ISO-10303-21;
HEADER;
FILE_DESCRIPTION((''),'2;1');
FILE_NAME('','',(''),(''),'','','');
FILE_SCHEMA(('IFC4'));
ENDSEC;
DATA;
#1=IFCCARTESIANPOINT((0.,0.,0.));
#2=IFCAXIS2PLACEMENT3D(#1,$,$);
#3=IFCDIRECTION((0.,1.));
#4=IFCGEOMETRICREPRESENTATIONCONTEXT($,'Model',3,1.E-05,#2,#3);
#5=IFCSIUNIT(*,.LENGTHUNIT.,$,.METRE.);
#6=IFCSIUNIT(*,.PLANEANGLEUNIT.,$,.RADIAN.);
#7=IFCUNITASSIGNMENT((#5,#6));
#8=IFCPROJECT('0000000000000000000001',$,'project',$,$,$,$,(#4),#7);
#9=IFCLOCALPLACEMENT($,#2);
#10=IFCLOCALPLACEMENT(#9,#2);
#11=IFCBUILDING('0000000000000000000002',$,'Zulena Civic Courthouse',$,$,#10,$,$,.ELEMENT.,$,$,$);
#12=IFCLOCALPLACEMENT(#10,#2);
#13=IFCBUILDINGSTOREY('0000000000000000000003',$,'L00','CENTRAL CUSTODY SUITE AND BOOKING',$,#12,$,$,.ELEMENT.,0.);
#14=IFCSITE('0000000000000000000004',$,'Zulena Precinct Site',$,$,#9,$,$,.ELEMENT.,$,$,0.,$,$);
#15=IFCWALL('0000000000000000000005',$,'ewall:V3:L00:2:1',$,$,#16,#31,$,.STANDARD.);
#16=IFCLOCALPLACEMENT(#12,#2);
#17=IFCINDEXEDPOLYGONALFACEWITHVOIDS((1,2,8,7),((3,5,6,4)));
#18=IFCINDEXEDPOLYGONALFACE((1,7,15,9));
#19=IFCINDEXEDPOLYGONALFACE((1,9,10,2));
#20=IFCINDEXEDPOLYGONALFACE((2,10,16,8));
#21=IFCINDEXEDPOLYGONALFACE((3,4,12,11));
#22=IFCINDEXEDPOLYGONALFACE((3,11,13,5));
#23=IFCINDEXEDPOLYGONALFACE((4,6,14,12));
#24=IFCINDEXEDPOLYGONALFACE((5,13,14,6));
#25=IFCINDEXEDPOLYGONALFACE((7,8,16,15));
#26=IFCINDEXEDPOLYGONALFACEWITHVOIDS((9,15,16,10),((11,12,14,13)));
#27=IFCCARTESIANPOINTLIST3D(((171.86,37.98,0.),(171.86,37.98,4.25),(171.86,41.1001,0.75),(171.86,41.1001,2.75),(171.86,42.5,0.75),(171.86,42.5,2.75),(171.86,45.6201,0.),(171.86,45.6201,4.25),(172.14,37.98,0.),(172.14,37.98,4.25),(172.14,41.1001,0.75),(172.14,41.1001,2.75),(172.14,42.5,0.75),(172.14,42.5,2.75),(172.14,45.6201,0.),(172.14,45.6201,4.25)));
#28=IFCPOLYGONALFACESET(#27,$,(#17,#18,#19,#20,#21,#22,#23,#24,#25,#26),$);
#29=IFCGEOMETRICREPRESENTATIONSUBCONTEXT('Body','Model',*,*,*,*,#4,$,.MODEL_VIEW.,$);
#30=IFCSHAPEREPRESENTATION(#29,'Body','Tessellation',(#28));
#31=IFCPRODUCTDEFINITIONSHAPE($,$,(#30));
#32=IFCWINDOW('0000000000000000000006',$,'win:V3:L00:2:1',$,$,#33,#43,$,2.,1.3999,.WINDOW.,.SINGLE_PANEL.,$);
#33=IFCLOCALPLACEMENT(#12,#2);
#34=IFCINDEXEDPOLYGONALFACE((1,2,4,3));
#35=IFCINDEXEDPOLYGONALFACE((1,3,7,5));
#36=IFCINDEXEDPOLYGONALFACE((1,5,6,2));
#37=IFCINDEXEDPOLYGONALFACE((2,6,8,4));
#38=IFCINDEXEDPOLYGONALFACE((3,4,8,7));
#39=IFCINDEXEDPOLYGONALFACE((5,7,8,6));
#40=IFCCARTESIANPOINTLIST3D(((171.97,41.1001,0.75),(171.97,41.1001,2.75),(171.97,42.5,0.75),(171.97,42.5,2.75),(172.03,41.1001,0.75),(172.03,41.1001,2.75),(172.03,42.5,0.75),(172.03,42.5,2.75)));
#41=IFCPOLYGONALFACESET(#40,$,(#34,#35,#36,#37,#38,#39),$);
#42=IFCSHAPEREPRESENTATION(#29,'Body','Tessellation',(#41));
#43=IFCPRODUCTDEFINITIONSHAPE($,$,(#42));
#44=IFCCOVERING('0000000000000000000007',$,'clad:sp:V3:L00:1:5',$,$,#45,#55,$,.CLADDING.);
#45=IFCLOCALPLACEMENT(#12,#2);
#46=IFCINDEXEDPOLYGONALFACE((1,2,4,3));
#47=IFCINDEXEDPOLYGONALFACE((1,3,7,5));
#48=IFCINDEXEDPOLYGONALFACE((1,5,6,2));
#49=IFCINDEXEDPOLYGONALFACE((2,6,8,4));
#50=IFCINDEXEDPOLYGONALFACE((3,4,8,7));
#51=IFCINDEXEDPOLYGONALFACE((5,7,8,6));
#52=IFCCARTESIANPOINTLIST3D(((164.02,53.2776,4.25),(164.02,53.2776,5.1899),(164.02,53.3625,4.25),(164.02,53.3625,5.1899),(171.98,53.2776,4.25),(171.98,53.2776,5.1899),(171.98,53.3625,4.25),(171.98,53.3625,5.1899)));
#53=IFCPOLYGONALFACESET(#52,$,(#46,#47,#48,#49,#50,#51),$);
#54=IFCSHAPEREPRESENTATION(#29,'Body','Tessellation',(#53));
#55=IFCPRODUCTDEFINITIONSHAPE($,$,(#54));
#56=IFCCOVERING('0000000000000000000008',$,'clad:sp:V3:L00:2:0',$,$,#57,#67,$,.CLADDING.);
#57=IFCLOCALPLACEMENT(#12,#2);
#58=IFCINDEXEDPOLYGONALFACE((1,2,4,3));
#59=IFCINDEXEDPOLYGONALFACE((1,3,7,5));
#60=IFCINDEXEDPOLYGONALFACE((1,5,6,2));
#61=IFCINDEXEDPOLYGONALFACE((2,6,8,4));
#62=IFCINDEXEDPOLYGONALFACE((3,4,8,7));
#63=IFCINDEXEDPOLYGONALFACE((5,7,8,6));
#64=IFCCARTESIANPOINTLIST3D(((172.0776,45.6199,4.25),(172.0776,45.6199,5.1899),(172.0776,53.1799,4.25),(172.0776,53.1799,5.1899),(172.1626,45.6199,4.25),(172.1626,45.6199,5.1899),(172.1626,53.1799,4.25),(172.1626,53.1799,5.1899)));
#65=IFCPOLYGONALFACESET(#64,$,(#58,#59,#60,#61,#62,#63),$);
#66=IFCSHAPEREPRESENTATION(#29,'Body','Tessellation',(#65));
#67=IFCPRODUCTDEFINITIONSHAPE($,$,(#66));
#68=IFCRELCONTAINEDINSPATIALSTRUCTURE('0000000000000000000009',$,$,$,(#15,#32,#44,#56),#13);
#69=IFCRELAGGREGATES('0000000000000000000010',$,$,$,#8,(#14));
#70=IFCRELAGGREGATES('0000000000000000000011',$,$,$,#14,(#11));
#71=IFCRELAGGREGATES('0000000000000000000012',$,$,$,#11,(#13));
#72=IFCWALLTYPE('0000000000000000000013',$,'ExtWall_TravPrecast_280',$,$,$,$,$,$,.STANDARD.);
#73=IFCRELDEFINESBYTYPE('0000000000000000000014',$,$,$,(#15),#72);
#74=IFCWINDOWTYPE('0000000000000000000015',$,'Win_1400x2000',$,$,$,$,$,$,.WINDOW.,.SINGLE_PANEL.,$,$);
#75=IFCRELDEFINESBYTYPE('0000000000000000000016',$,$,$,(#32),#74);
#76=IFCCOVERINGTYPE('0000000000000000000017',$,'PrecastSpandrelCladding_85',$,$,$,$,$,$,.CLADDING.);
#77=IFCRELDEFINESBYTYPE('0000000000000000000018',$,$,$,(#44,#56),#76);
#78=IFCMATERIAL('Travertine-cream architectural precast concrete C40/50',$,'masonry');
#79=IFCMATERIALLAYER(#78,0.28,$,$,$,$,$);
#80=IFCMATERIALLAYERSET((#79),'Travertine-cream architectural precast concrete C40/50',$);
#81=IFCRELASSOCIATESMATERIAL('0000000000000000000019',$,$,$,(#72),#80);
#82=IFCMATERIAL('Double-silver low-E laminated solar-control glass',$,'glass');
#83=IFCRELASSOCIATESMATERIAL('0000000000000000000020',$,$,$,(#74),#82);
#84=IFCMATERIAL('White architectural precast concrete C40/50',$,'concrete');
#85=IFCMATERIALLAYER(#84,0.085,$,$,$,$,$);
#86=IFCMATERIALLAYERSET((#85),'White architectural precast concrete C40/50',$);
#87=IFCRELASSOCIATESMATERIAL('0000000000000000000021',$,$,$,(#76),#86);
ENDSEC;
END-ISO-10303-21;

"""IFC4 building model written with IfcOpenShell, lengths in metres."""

from ifc_helpers import new_model, si_unit, direction, frame, frame_2d, origin, origin_2d, place, context, subcontext, project, spatial, rectangle, extrude, material, layer, layer_set, type_object, element, fill, save


model = new_model("IFC4")

# Units and contexts
model_context = context("Model", 3, precision=1e-05, world=origin(), true_north=direction((0.0, 1.0)))
body_context = subcontext(model_context, "Body", "Model", "MODEL_VIEW")
ifc_project = project(units=[si_unit("LENGTHUNIT", "METRE"), si_unit("PLANEANGLEUNIT", "RADIAN")], contexts=[model_context])

# Site, building, storey
site_placement = place(None, origin())
site = spatial("IfcSite", under=ifc_project, at=site_placement, Name="Zulena Precinct Site", CompositionType="ELEMENT", RefElevation=0.0)
building_placement = place(site_placement, origin())
building = spatial("IfcBuilding", under=site, at=building_placement, Name="Zulena Civic Courthouse", CompositionType="ELEMENT")
storey_placement = place(building_placement, origin())
storey = spatial("IfcBuildingStorey", under=building, at=storey_placement, Name="L00", Description="CENTRAL CUSTODY SUITE AND BOOKING", CompositionType="ELEMENT", Elevation=0.0)

# Wall, opening, window
ifc_material_1 = material(Name="Travertine-cream architectural precast concrete C40/50", Category="masonry")
ifc_layer_1 = layer(ifc_material_1, 0.28)
ifc_layer_set_1 = layer_set([ifc_layer_1], Name="Travertine-cream architectural precast concrete C40/50")
wall_type = type_object("IfcWallType", Name="ExtWall_TravPrecast_280", PredefinedType="STANDARD", material=ifc_layer_set_1)
ifc_material_2 = material(Name="Double-silver low-E laminated solar-control glass", Category="glass")
wall_1_placement = place(storey_placement, frame((172.0, 45.6201, 0.0), z_axis=(0.0, 0.0, 1.0), x_axis=(0.0, -1.0, 0.0)))
wall_1 = element("IfcWall", 1, at=wall_1_placement, inside=storey, type_object=wall_type, Name="ewall:V3:L00:2:1", PredefinedType="STANDARD", context=body_context, shape_type="SweptSolid", body=[
    extrude(rectangle(XDim=7.6401, YDim=0.28, at=frame_2d((3.8201, 0.0))), origin(), (0.0, 0.0, 1.0), 4.25),
])
opening_1_placement = place(wall_1_placement, frame((3.1201, 0.0, 0.75)))
opening_1 = element("IfcOpeningElement", 2, at=opening_1_placement, cuts=wall_1, PredefinedType="OPENING", context=body_context, shape_type="SweptSolid", body=[
    extrude(rectangle(XDim=1.3999, YDim=2.0, at=frame_2d((0.7, 1.0))), frame((0.0, 0.1499, 0.0), z_axis=(0.0, -1.0, 0.0), x_axis=(1.0, 0.0, 0.0)), (0.0, 0.0, 1.0), 0.3),
])
window_type_1 = type_object("IfcWindowType", Name="Win_1400x2000", PartitioningType="SINGLE_PANEL", PredefinedType="WINDOW", material=ifc_material_2)
window_1_placement = place(opening_1_placement, origin())
window_1 = element("IfcWindow", 3, at=window_1_placement, inside=storey, type_object=window_type_1, Name="win:V3:L00:2:1", OverallHeight=2.0, OverallWidth=1.3999, PartitioningType="SINGLE_PANEL", PredefinedType="WINDOW", context=body_context, shape_type="SweptSolid", body=[
    extrude(rectangle(XDim=1.3999, YDim=2.0, at=frame_2d((0.7, 1.0))), frame((0.0, 0.03, 0.0), z_axis=(0.0, -1.0, 0.0), x_axis=(1.0, 0.0, 0.0)), (0.0, 0.0, 1.0), 0.0601),
])
fill(opening_1, window_1)

# Coverings
ifc_material_3 = material(Name="White architectural precast concrete C40/50", Category="concrete")
ifc_layer_2 = layer(ifc_material_3, 0.085)
ifc_layer_set_2 = layer_set([ifc_layer_2], Name="White architectural precast concrete C40/50")
covering_type = type_object("IfcCoveringType", Name="PrecastSpandrelCladding_85", PredefinedType="CLADDING", material=ifc_layer_set_2)
covering_1_placement = place(storey_placement, frame((168.0, 53.3201, 4.25), z_axis=(0.0, 0.0, 1.0), x_axis=(1.0, 0.0, 0.0)))
element("IfcCovering", 4, at=covering_1_placement, inside=storey, type_object=covering_type, Name="clad:sp:V3:L00:1:5", PredefinedType="CLADDING", context=body_context, shape_type="SweptSolid", body=[
    extrude(rectangle(XDim=7.96, YDim=0.085, at=origin_2d()), origin(), (0.0, 0.0, 1.0), 0.9399),
])
covering_2_placement = place(storey_placement, frame((172.1201, 49.3999, 4.25), z_axis=(0.0, 0.0, 1.0), x_axis=(0.0, -1.0, 0.0)))
element("IfcCovering", 5, at=covering_2_placement, inside=storey, type_object=covering_type, Name="clad:sp:V3:L00:2:0", PredefinedType="CLADDING", context=body_context, shape_type="SweptSolid", body=[
    extrude(rectangle(XDim=7.5601, YDim=0.085, at=origin_2d()), origin(), (0.0, 0.0, 1.0), 0.9399),
])

save(model, "model.ifc")
